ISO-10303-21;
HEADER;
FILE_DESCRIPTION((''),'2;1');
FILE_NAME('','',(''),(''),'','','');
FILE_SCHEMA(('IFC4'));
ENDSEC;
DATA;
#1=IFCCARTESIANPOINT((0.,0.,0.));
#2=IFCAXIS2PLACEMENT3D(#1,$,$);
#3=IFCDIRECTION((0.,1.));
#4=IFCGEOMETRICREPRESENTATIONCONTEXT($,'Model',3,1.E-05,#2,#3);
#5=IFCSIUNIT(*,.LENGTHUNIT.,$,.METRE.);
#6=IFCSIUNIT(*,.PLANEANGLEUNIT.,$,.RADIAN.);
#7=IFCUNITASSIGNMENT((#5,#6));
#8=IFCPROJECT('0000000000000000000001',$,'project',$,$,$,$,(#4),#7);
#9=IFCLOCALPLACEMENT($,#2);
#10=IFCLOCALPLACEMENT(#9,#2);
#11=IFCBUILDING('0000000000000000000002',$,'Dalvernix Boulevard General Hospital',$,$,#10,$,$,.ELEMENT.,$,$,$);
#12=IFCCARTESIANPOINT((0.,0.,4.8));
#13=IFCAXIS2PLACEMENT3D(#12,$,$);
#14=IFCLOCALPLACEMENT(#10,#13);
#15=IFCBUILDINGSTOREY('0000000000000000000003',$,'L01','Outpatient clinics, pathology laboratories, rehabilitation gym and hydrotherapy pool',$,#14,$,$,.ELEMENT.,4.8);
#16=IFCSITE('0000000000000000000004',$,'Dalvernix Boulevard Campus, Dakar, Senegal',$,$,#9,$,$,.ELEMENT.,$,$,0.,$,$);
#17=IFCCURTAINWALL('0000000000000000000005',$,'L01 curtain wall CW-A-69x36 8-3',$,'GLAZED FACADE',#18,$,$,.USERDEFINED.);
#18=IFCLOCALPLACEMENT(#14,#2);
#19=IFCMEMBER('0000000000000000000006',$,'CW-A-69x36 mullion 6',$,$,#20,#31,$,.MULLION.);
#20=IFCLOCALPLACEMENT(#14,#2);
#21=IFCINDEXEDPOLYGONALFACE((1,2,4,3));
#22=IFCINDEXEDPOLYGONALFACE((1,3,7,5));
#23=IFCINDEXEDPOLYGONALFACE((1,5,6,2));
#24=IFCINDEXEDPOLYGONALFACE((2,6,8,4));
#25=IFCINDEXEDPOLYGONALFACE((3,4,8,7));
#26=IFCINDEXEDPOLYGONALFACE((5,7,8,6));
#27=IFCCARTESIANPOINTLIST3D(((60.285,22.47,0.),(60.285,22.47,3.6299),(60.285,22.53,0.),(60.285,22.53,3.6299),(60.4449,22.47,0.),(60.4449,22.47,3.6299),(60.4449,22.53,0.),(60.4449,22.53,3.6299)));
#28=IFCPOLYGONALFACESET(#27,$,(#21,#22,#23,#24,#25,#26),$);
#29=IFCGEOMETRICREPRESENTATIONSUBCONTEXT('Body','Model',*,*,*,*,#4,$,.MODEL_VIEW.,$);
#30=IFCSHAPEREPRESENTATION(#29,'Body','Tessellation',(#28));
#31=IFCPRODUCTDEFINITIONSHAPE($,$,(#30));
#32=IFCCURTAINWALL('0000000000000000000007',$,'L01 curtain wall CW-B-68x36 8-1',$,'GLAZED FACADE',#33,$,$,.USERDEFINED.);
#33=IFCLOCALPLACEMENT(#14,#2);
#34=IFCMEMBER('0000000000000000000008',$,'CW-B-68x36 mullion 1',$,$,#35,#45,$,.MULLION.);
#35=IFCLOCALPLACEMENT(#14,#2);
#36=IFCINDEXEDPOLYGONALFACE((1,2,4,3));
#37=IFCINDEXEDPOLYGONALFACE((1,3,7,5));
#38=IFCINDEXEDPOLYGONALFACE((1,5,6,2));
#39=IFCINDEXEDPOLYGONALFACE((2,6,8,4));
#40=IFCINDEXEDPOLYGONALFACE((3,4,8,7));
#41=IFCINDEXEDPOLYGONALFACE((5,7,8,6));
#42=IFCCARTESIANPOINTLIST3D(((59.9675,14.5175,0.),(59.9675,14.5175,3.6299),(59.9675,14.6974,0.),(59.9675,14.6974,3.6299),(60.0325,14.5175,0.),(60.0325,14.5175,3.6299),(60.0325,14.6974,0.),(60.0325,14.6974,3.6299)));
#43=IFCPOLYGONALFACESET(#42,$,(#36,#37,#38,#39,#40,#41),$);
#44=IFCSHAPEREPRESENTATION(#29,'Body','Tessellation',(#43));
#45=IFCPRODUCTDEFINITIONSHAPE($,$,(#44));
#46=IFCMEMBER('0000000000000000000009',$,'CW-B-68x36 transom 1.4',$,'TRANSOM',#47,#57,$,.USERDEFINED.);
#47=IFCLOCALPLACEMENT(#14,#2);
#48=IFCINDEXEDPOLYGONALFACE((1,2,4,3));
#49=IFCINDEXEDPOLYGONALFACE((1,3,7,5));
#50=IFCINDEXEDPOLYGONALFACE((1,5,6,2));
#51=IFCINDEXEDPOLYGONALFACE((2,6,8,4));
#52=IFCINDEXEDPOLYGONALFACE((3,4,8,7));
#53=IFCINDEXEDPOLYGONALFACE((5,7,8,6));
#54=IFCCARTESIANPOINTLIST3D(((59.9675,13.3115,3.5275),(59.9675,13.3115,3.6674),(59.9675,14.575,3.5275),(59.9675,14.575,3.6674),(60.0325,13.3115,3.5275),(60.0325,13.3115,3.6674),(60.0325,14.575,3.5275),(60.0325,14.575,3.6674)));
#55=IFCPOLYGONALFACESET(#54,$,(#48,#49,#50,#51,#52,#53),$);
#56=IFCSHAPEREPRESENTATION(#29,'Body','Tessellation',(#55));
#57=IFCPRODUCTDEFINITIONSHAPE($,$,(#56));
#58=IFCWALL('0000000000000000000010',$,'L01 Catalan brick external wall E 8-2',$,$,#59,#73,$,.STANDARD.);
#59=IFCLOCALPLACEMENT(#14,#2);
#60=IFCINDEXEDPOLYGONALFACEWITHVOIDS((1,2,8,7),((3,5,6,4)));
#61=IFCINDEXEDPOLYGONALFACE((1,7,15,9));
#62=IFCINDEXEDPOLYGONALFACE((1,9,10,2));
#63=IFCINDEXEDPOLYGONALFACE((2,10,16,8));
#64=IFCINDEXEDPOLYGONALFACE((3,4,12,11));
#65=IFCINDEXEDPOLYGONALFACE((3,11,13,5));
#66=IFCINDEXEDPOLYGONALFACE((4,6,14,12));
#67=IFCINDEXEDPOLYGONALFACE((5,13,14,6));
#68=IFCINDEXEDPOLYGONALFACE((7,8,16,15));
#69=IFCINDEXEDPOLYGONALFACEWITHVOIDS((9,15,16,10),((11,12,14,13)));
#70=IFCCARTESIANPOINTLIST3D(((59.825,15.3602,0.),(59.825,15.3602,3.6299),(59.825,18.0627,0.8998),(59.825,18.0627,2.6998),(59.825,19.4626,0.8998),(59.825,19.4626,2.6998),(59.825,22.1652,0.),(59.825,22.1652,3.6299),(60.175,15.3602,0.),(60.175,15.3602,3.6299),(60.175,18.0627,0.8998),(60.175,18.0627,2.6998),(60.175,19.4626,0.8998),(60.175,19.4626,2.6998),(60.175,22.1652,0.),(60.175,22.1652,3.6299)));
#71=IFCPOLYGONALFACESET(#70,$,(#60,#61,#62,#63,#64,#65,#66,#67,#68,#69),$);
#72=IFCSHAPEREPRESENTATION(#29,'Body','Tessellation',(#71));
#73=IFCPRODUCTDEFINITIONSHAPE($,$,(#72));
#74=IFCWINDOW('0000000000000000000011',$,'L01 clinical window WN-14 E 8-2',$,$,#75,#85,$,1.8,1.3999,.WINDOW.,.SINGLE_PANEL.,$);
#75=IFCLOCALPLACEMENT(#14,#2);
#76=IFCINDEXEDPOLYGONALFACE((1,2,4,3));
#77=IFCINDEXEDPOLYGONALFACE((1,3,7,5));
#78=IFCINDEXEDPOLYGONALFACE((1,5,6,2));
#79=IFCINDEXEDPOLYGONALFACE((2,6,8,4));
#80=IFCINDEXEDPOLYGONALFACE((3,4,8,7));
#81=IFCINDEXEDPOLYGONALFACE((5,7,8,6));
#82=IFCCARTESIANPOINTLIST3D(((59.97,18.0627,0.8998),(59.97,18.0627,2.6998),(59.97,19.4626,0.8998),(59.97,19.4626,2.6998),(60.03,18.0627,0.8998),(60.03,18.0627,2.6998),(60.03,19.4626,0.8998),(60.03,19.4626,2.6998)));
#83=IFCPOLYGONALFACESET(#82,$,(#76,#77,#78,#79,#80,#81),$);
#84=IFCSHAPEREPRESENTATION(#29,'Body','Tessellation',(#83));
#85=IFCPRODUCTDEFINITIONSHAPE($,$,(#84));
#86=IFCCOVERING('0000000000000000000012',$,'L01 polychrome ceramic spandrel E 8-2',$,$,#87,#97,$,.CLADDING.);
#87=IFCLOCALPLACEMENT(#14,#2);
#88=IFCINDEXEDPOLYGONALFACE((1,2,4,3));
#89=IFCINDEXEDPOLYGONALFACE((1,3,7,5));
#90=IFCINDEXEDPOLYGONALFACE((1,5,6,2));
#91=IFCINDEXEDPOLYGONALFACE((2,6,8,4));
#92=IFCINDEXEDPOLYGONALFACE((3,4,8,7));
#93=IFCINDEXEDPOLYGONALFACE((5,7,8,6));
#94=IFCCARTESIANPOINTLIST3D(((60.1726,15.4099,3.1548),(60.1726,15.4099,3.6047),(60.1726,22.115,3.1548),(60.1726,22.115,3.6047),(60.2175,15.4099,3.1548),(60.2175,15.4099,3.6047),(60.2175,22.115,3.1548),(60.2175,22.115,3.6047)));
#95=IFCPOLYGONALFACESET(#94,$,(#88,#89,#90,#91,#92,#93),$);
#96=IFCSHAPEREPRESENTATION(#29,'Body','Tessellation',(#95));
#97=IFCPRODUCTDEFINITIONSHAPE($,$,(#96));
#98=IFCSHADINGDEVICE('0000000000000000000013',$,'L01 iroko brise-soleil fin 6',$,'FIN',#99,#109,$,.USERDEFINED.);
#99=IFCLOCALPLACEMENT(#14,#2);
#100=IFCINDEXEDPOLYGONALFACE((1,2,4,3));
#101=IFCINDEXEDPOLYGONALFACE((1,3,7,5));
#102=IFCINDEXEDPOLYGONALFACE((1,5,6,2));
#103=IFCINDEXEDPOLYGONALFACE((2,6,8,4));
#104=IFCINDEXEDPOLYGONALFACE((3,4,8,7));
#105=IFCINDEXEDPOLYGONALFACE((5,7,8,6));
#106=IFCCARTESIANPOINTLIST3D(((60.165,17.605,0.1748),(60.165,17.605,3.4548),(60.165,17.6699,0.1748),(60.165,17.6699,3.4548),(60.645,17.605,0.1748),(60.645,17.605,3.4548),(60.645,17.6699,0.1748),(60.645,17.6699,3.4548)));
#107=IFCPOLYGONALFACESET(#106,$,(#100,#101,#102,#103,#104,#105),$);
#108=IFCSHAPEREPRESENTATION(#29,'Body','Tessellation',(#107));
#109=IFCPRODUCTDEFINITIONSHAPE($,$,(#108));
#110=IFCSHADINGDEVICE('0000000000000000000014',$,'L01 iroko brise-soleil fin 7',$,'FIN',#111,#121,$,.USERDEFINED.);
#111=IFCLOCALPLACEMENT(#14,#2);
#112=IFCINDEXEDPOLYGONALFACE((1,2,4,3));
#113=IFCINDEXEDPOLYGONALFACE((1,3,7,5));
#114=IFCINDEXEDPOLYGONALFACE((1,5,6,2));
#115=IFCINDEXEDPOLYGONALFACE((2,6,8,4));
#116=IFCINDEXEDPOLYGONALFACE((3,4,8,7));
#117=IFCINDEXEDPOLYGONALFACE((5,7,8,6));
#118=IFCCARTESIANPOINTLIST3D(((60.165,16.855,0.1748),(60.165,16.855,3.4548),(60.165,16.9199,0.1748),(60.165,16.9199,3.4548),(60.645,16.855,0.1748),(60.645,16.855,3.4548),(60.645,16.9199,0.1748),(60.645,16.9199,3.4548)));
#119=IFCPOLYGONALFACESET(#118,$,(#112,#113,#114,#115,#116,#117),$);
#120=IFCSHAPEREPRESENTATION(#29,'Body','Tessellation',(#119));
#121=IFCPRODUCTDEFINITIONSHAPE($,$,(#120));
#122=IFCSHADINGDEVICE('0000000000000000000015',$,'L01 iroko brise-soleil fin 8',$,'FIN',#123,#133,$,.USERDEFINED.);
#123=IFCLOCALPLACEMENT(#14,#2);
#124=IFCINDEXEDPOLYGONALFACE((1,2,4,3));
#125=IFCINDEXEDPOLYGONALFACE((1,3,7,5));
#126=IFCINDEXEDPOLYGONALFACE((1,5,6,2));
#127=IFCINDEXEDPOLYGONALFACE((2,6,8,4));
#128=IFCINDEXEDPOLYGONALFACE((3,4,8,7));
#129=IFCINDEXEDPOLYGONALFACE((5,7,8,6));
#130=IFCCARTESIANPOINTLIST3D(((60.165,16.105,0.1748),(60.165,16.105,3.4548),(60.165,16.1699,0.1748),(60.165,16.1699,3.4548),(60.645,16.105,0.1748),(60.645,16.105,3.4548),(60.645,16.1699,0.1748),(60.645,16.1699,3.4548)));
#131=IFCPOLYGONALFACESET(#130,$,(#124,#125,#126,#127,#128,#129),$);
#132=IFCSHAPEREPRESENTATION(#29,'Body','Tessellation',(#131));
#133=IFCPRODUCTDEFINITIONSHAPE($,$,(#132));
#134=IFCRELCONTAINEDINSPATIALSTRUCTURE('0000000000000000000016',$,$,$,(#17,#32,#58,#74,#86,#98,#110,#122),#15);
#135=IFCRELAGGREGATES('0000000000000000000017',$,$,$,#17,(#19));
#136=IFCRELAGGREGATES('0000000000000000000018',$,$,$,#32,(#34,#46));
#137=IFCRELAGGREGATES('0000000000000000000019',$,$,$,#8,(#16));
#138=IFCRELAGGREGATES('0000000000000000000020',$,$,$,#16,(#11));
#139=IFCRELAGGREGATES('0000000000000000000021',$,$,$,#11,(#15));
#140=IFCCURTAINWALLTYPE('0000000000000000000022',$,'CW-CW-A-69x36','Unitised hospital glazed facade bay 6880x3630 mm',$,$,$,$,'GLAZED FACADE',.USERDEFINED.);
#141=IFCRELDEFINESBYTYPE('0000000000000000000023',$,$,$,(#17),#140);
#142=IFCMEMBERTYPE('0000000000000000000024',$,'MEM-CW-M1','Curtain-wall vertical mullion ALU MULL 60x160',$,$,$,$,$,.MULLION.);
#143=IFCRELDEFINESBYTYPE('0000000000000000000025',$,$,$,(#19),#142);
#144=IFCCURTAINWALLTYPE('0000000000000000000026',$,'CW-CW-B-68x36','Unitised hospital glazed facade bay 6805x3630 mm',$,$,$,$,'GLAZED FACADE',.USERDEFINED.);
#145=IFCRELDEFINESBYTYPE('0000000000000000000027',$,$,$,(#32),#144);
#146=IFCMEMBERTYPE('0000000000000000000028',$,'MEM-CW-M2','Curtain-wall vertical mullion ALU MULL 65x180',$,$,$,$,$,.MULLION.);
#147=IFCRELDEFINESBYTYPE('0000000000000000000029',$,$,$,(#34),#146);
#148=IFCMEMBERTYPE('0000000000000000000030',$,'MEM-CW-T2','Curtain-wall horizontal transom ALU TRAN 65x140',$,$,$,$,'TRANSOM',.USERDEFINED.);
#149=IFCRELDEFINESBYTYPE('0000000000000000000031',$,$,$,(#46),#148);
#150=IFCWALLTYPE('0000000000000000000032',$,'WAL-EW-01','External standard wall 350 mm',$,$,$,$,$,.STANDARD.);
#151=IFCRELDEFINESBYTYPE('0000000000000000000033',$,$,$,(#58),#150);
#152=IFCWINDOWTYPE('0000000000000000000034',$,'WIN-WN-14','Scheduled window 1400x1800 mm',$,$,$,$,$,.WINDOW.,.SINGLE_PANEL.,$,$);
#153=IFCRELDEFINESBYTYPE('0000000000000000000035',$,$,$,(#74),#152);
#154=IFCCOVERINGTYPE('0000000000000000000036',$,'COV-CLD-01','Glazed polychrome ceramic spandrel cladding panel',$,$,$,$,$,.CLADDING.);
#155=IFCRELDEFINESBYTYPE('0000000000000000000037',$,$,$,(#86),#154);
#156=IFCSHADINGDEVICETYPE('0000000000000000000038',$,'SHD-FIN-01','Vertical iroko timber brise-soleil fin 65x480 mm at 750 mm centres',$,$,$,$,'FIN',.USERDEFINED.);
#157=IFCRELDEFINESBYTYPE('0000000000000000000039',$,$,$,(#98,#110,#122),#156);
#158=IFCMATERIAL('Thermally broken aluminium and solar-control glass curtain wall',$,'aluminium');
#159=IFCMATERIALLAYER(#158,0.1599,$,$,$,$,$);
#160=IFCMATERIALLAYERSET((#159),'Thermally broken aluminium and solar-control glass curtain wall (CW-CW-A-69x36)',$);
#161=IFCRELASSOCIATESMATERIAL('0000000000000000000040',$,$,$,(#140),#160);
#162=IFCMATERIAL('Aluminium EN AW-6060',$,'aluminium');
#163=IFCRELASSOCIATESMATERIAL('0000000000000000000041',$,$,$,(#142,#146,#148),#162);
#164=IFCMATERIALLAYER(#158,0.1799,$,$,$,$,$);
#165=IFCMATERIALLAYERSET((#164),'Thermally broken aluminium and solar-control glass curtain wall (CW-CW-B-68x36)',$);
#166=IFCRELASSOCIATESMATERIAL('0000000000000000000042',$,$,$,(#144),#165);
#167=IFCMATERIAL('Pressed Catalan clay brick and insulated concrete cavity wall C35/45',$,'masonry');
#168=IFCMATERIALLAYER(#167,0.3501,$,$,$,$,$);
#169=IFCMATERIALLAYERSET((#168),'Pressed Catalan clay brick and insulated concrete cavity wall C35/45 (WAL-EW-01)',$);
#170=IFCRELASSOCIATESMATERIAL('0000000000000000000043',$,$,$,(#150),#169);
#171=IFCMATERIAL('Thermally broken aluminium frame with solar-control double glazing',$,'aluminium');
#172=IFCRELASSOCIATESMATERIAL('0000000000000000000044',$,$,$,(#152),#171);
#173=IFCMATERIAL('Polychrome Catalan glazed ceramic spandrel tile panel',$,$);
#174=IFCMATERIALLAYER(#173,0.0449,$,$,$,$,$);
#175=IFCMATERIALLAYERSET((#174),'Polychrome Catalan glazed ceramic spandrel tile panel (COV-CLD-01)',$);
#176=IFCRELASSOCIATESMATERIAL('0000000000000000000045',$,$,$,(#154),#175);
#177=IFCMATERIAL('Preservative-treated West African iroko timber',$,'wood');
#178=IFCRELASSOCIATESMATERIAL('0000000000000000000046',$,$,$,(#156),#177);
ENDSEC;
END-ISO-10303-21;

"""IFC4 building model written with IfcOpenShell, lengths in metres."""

from ifc_helpers import new_model, si_unit, direction, frame, frame_2d, origin, origin_2d, place, context, subcontext, project, spatial, rectangle, extrude, material, layer, layer_set, material_profile, profile_set, type_object, element, fill, aggregate, save


model = new_model("IFC4")

# Units and contexts
model_context = context("Model", 3, precision=1e-05, world=origin(), true_north=direction((0.0, 1.0)))
body_context = subcontext(model_context, "Body", "Model", "MODEL_VIEW")
ifc_project = project(units=[si_unit("LENGTHUNIT", "METRE"), si_unit("PLANEANGLEUNIT", "RADIAN")], contexts=[model_context])

# Site, building, storey
site_placement = place(None, origin())
site = spatial("IfcSite", under=ifc_project, at=site_placement, Name="Dalvernix Boulevard Campus, Dakar, Senegal", CompositionType="ELEMENT", RefElevation=0.0)
building_placement = place(site_placement, origin())
building = spatial("IfcBuilding", under=site, at=building_placement, Name="Dalvernix Boulevard General Hospital", CompositionType="ELEMENT")
storey_placement = place(building_placement, frame((0.0, 0.0, 4.8)))
storey = spatial("IfcBuildingStorey", under=building, at=storey_placement, Name="L01", Description="Outpatient clinics, pathology laboratories, rehabilitation gym and hydrotherapy pool", CompositionType="ELEMENT", Elevation=4.8)

# Curtain wall, member
ifc_material_1 = material(Name="Thermally broken aluminium and solar-control glass curtain wall", Category="aluminium")
ifc_layer_1 = layer(ifc_material_1, 0.1599)
ifc_layer_set_1 = layer_set([ifc_layer_1], Name="Thermally broken aluminium and solar-control glass curtain wall (CW-CW-A-69x36)")
curtain_wall_type_1 = type_object("IfcCurtainWallType", Name="CW-CW-A-69x36", Description="Unitised hospital glazed facade bay 6880x3630 mm", ElementType="GLAZED FACADE", PredefinedType="USERDEFINED", material=ifc_layer_set_1)
curtain_wall_1_placement = place(storey_placement, origin())
curtain_wall_1 = element("IfcCurtainWall", 1, at=curtain_wall_1_placement, inside=storey, type_object=curtain_wall_type_1, Name="L01 curtain wall CW-A-69x36 8-3", ObjectType="GLAZED FACADE", PredefinedType="USERDEFINED")
ifc_material_2 = material(Name="Aluminium EN AW-6060", Category="aluminium")
ifc_material_profile_1 = material_profile(ifc_material_2, rectangle(XDim=0.0601, YDim=0.1599, at=origin_2d()), Name="ALU MULL 60x160")
ifc_profile_set_1 = profile_set([ifc_material_profile_1], Name="Aluminium EN AW-6060")
member_type_1 = type_object("IfcMemberType", Name="MEM-CW-M1", Description="Curtain-wall vertical mullion ALU MULL 60x160", PredefinedType="MULLION", material=ifc_profile_set_1)
member_1_placement = place(storey_placement, frame((60.365, 22.5, 0.0), z_axis=(0.0, 0.0, 1.0), x_axis=(0.0, -1.0, 0.0)))
member_1 = element("IfcMember", 2, at=member_1_placement, type_object=member_type_1, Name="CW-A-69x36 mullion 6", PredefinedType="MULLION", context=body_context, shape_type="SweptSolid", body=[
    extrude(rectangle(XDim=0.0601, YDim=0.1599, at=origin_2d()), origin(), (0.0, 0.0, 1.0), 3.6299),
])
aggregate(curtain_wall_1, [member_1])

# Curtain wall, members
ifc_layer_2 = layer(ifc_material_1, 0.1799)
ifc_layer_set_2 = layer_set([ifc_layer_2], Name="Thermally broken aluminium and solar-control glass curtain wall (CW-CW-B-68x36)")
curtain_wall_type_2 = type_object("IfcCurtainWallType", Name="CW-CW-B-68x36", Description="Unitised hospital glazed facade bay 6805x3630 mm", ElementType="GLAZED FACADE", PredefinedType="USERDEFINED", material=ifc_layer_set_2)
curtain_wall_2_placement = place(storey_placement, origin())
curtain_wall_2 = element("IfcCurtainWall", 3, at=curtain_wall_2_placement, inside=storey, type_object=curtain_wall_type_2, Name="L01 curtain wall CW-B-68x36 8-1", ObjectType="GLAZED FACADE", PredefinedType="USERDEFINED")
ifc_material_profile_2 = material_profile(ifc_material_2, rectangle(XDim=0.0649, YDim=0.1799, at=origin_2d()), Name="ALU MULL 65x180")
ifc_profile_set_2 = profile_set([ifc_material_profile_2], Name="Aluminium EN AW-6060")
member_type_2 = type_object("IfcMemberType", Name="MEM-CW-M2", Description="Curtain-wall vertical mullion ALU MULL 65x180", PredefinedType="MULLION", material=ifc_profile_set_2)
member_2_placement = place(storey_placement, frame((60.0, 14.6074, 0.0), z_axis=(0.0, 0.0, 1.0), x_axis=(1.0, 0.0, 0.0)))
member_2 = element("IfcMember", 4, at=member_2_placement, type_object=member_type_2, Name="CW-B-68x36 mullion 1", PredefinedType="MULLION", context=body_context, shape_type="SweptSolid", body=[
    extrude(rectangle(XDim=0.0649, YDim=0.1799, at=origin_2d()), origin(), (0.0, 0.0, 1.0), 3.6299),
])
ifc_material_profile_3 = material_profile(ifc_material_2, rectangle(XDim=0.0649, YDim=0.1399, at=origin_2d()), Name="ALU TRAN 65x140")
ifc_profile_set_3 = profile_set([ifc_material_profile_3], Name="Aluminium EN AW-6060")
member_type_3 = type_object("IfcMemberType", Name="MEM-CW-T2", Description="Curtain-wall horizontal transom ALU TRAN 65x140", ElementType="TRANSOM", PredefinedType="USERDEFINED", material=ifc_profile_set_3)
member_3_placement = place(storey_placement, frame((60.0, 14.575, 3.5974), z_axis=(0.0, -1.0, 0.0), x_axis=(1.0, 0.0, 0.0)))
member_3 = element("IfcMember", 5, at=member_3_placement, type_object=member_type_3, Name="CW-B-68x36 transom 1.4", ObjectType="TRANSOM", PredefinedType="USERDEFINED", context=body_context, shape_type="SweptSolid", body=[
    extrude(rectangle(XDim=0.0649, YDim=0.1399, at=origin_2d()), origin(), (0.0, 0.0, 1.0), 1.2634),
])
aggregate(curtain_wall_2, [member_2, member_3])

# Wall, opening, window
ifc_material_3 = material(Name="Pressed Catalan clay brick and insulated concrete cavity wall C35/45", Category="masonry")
ifc_layer_3 = layer(ifc_material_3, 0.3501)
ifc_layer_set_3 = layer_set([ifc_layer_3], Name="Pressed Catalan clay brick and insulated concrete cavity wall C35/45 (WAL-EW-01)")
wall_type = type_object("IfcWallType", Name="WAL-EW-01", Description="External standard wall 350 mm", PredefinedType="STANDARD", material=ifc_layer_set_3)
wall_placement = place(storey_placement, frame((60.0, 22.165, 0.0), z_axis=(0.0, 0.0, 1.0), x_axis=(0.0, -1.0, 0.0)))
wall = element("IfcWall", 6, at=wall_placement, inside=storey, type_object=wall_type, Name="L01 Catalan brick external wall E 8-2", PredefinedType="STANDARD", context=body_context, shape_type="SweptSolid", body=[
    extrude(rectangle(XDim=6.8049, YDim=0.3501, at=frame_2d((3.4023, 0.0))), origin(), (0.0, 0.0, 1.0), 3.6299),
])
opening_placement = place(wall_placement, frame((2.7024, 0.0, 0.8999)))
opening = element("IfcOpeningElement", 7, at=opening_placement, cuts=wall, PredefinedType="OPENING", context=body_context, shape_type="SweptSolid", body=[
    extrude(rectangle(XDim=1.3999, YDim=1.8, at=frame_2d((0.7, 0.8999))), frame((0.0, 0.1851, 0.0), z_axis=(0.0, -1.0, 0.0), x_axis=(1.0, 0.0, 0.0)), (0.0, 0.0, 1.0), 0.3701),
])
ifc_material_4 = material(Name="Thermally broken aluminium frame with solar-control double glazing", Category="aluminium")
window_type = type_object("IfcWindowType", Name="WIN-WN-14", Description="Scheduled window 1400x1800 mm", PartitioningType="SINGLE_PANEL", PredefinedType="WINDOW", material=ifc_material_4)
window_placement = place(opening_placement, origin())
window = element("IfcWindow", 8, at=window_placement, inside=storey, type_object=window_type, Name="L01 clinical window WN-14 E 8-2", OverallHeight=1.8, OverallWidth=1.3999, PartitioningType="SINGLE_PANEL", PredefinedType="WINDOW", context=body_context, shape_type="SweptSolid", body=[
    extrude(rectangle(XDim=1.3999, YDim=1.8, at=frame_2d((0.7, 0.8999))), frame((0.0, 0.03, 0.0), z_axis=(0.0, -1.0, 0.0), x_axis=(1.0, 0.0, 0.0)), (0.0, 0.0, 1.0), 0.0601),
])
fill(opening, window)

# Covering
ifc_material_5 = material(Name="Polychrome Catalan glazed ceramic spandrel tile panel")
ifc_layer_4 = layer(ifc_material_5, 0.0449)
ifc_layer_set_4 = layer_set([ifc_layer_4], Name="Polychrome Catalan glazed ceramic spandrel tile panel (COV-CLD-01)")
covering_type = type_object("IfcCoveringType", Name="COV-CLD-01", Description="Glazed polychrome ceramic spandrel cladding panel", PredefinedType="CLADDING", material=ifc_layer_set_4)
covering_placement = place(storey_placement, frame((60.1951, 18.7625, 3.1548), z_axis=(0.0, 0.0, 1.0), x_axis=(0.0, -1.0, 0.0)))
element("IfcCovering", 9, at=covering_placement, inside=storey, type_object=covering_type, Name="L01 polychrome ceramic spandrel E 8-2", PredefinedType="CLADDING", context=body_context, shape_type="SweptSolid", body=[
    extrude(rectangle(XDim=6.7051, YDim=0.0449, at=origin_2d()), origin(), (0.0, 0.0, 1.0), 0.45),
])

# Shading devices
ifc_material_6 = material(Name="Preservative-treated West African iroko timber", Category="wood")
shading_device_type = type_object("IfcShadingDeviceType", Name="SHD-FIN-01", Description="Vertical iroko timber brise-soleil fin 65x480 mm at 750 mm centres", ElementType="FIN", PredefinedType="USERDEFINED", material=ifc_material_6)
for number, where, z_axis, x_axis, name in (
    (10, (60.405, 17.6375, 0.1748), (0.0, 0.0, 1.0), (0.0, -1.0, 0.0), "L01 iroko brise-soleil fin 6"),
    (11, (60.405, 16.8875, 0.1748), (0.0, 0.0, 1.0), (0.0, -1.0, 0.0), "L01 iroko brise-soleil fin 7"),
    (12, (60.405, 16.1375, 0.1748), (0.0, 0.0, 1.0), (0.0, -1.0, 0.0), "L01 iroko brise-soleil fin 8"),
):
    element("IfcShadingDevice", number, at=place(storey_placement, frame(where, z_axis=z_axis, x_axis=x_axis)), inside=storey, type_object=shading_device_type, Name=name, ObjectType="FIN", PredefinedType="USERDEFINED", context=body_context, shape_type="SweptSolid", body=[
        extrude(rectangle(XDim=0.0649, YDim=0.48, at=origin_2d()), origin(), (0.0, 0.0, 1.0), 3.28),
    ])

save(model, "model.ifc")
